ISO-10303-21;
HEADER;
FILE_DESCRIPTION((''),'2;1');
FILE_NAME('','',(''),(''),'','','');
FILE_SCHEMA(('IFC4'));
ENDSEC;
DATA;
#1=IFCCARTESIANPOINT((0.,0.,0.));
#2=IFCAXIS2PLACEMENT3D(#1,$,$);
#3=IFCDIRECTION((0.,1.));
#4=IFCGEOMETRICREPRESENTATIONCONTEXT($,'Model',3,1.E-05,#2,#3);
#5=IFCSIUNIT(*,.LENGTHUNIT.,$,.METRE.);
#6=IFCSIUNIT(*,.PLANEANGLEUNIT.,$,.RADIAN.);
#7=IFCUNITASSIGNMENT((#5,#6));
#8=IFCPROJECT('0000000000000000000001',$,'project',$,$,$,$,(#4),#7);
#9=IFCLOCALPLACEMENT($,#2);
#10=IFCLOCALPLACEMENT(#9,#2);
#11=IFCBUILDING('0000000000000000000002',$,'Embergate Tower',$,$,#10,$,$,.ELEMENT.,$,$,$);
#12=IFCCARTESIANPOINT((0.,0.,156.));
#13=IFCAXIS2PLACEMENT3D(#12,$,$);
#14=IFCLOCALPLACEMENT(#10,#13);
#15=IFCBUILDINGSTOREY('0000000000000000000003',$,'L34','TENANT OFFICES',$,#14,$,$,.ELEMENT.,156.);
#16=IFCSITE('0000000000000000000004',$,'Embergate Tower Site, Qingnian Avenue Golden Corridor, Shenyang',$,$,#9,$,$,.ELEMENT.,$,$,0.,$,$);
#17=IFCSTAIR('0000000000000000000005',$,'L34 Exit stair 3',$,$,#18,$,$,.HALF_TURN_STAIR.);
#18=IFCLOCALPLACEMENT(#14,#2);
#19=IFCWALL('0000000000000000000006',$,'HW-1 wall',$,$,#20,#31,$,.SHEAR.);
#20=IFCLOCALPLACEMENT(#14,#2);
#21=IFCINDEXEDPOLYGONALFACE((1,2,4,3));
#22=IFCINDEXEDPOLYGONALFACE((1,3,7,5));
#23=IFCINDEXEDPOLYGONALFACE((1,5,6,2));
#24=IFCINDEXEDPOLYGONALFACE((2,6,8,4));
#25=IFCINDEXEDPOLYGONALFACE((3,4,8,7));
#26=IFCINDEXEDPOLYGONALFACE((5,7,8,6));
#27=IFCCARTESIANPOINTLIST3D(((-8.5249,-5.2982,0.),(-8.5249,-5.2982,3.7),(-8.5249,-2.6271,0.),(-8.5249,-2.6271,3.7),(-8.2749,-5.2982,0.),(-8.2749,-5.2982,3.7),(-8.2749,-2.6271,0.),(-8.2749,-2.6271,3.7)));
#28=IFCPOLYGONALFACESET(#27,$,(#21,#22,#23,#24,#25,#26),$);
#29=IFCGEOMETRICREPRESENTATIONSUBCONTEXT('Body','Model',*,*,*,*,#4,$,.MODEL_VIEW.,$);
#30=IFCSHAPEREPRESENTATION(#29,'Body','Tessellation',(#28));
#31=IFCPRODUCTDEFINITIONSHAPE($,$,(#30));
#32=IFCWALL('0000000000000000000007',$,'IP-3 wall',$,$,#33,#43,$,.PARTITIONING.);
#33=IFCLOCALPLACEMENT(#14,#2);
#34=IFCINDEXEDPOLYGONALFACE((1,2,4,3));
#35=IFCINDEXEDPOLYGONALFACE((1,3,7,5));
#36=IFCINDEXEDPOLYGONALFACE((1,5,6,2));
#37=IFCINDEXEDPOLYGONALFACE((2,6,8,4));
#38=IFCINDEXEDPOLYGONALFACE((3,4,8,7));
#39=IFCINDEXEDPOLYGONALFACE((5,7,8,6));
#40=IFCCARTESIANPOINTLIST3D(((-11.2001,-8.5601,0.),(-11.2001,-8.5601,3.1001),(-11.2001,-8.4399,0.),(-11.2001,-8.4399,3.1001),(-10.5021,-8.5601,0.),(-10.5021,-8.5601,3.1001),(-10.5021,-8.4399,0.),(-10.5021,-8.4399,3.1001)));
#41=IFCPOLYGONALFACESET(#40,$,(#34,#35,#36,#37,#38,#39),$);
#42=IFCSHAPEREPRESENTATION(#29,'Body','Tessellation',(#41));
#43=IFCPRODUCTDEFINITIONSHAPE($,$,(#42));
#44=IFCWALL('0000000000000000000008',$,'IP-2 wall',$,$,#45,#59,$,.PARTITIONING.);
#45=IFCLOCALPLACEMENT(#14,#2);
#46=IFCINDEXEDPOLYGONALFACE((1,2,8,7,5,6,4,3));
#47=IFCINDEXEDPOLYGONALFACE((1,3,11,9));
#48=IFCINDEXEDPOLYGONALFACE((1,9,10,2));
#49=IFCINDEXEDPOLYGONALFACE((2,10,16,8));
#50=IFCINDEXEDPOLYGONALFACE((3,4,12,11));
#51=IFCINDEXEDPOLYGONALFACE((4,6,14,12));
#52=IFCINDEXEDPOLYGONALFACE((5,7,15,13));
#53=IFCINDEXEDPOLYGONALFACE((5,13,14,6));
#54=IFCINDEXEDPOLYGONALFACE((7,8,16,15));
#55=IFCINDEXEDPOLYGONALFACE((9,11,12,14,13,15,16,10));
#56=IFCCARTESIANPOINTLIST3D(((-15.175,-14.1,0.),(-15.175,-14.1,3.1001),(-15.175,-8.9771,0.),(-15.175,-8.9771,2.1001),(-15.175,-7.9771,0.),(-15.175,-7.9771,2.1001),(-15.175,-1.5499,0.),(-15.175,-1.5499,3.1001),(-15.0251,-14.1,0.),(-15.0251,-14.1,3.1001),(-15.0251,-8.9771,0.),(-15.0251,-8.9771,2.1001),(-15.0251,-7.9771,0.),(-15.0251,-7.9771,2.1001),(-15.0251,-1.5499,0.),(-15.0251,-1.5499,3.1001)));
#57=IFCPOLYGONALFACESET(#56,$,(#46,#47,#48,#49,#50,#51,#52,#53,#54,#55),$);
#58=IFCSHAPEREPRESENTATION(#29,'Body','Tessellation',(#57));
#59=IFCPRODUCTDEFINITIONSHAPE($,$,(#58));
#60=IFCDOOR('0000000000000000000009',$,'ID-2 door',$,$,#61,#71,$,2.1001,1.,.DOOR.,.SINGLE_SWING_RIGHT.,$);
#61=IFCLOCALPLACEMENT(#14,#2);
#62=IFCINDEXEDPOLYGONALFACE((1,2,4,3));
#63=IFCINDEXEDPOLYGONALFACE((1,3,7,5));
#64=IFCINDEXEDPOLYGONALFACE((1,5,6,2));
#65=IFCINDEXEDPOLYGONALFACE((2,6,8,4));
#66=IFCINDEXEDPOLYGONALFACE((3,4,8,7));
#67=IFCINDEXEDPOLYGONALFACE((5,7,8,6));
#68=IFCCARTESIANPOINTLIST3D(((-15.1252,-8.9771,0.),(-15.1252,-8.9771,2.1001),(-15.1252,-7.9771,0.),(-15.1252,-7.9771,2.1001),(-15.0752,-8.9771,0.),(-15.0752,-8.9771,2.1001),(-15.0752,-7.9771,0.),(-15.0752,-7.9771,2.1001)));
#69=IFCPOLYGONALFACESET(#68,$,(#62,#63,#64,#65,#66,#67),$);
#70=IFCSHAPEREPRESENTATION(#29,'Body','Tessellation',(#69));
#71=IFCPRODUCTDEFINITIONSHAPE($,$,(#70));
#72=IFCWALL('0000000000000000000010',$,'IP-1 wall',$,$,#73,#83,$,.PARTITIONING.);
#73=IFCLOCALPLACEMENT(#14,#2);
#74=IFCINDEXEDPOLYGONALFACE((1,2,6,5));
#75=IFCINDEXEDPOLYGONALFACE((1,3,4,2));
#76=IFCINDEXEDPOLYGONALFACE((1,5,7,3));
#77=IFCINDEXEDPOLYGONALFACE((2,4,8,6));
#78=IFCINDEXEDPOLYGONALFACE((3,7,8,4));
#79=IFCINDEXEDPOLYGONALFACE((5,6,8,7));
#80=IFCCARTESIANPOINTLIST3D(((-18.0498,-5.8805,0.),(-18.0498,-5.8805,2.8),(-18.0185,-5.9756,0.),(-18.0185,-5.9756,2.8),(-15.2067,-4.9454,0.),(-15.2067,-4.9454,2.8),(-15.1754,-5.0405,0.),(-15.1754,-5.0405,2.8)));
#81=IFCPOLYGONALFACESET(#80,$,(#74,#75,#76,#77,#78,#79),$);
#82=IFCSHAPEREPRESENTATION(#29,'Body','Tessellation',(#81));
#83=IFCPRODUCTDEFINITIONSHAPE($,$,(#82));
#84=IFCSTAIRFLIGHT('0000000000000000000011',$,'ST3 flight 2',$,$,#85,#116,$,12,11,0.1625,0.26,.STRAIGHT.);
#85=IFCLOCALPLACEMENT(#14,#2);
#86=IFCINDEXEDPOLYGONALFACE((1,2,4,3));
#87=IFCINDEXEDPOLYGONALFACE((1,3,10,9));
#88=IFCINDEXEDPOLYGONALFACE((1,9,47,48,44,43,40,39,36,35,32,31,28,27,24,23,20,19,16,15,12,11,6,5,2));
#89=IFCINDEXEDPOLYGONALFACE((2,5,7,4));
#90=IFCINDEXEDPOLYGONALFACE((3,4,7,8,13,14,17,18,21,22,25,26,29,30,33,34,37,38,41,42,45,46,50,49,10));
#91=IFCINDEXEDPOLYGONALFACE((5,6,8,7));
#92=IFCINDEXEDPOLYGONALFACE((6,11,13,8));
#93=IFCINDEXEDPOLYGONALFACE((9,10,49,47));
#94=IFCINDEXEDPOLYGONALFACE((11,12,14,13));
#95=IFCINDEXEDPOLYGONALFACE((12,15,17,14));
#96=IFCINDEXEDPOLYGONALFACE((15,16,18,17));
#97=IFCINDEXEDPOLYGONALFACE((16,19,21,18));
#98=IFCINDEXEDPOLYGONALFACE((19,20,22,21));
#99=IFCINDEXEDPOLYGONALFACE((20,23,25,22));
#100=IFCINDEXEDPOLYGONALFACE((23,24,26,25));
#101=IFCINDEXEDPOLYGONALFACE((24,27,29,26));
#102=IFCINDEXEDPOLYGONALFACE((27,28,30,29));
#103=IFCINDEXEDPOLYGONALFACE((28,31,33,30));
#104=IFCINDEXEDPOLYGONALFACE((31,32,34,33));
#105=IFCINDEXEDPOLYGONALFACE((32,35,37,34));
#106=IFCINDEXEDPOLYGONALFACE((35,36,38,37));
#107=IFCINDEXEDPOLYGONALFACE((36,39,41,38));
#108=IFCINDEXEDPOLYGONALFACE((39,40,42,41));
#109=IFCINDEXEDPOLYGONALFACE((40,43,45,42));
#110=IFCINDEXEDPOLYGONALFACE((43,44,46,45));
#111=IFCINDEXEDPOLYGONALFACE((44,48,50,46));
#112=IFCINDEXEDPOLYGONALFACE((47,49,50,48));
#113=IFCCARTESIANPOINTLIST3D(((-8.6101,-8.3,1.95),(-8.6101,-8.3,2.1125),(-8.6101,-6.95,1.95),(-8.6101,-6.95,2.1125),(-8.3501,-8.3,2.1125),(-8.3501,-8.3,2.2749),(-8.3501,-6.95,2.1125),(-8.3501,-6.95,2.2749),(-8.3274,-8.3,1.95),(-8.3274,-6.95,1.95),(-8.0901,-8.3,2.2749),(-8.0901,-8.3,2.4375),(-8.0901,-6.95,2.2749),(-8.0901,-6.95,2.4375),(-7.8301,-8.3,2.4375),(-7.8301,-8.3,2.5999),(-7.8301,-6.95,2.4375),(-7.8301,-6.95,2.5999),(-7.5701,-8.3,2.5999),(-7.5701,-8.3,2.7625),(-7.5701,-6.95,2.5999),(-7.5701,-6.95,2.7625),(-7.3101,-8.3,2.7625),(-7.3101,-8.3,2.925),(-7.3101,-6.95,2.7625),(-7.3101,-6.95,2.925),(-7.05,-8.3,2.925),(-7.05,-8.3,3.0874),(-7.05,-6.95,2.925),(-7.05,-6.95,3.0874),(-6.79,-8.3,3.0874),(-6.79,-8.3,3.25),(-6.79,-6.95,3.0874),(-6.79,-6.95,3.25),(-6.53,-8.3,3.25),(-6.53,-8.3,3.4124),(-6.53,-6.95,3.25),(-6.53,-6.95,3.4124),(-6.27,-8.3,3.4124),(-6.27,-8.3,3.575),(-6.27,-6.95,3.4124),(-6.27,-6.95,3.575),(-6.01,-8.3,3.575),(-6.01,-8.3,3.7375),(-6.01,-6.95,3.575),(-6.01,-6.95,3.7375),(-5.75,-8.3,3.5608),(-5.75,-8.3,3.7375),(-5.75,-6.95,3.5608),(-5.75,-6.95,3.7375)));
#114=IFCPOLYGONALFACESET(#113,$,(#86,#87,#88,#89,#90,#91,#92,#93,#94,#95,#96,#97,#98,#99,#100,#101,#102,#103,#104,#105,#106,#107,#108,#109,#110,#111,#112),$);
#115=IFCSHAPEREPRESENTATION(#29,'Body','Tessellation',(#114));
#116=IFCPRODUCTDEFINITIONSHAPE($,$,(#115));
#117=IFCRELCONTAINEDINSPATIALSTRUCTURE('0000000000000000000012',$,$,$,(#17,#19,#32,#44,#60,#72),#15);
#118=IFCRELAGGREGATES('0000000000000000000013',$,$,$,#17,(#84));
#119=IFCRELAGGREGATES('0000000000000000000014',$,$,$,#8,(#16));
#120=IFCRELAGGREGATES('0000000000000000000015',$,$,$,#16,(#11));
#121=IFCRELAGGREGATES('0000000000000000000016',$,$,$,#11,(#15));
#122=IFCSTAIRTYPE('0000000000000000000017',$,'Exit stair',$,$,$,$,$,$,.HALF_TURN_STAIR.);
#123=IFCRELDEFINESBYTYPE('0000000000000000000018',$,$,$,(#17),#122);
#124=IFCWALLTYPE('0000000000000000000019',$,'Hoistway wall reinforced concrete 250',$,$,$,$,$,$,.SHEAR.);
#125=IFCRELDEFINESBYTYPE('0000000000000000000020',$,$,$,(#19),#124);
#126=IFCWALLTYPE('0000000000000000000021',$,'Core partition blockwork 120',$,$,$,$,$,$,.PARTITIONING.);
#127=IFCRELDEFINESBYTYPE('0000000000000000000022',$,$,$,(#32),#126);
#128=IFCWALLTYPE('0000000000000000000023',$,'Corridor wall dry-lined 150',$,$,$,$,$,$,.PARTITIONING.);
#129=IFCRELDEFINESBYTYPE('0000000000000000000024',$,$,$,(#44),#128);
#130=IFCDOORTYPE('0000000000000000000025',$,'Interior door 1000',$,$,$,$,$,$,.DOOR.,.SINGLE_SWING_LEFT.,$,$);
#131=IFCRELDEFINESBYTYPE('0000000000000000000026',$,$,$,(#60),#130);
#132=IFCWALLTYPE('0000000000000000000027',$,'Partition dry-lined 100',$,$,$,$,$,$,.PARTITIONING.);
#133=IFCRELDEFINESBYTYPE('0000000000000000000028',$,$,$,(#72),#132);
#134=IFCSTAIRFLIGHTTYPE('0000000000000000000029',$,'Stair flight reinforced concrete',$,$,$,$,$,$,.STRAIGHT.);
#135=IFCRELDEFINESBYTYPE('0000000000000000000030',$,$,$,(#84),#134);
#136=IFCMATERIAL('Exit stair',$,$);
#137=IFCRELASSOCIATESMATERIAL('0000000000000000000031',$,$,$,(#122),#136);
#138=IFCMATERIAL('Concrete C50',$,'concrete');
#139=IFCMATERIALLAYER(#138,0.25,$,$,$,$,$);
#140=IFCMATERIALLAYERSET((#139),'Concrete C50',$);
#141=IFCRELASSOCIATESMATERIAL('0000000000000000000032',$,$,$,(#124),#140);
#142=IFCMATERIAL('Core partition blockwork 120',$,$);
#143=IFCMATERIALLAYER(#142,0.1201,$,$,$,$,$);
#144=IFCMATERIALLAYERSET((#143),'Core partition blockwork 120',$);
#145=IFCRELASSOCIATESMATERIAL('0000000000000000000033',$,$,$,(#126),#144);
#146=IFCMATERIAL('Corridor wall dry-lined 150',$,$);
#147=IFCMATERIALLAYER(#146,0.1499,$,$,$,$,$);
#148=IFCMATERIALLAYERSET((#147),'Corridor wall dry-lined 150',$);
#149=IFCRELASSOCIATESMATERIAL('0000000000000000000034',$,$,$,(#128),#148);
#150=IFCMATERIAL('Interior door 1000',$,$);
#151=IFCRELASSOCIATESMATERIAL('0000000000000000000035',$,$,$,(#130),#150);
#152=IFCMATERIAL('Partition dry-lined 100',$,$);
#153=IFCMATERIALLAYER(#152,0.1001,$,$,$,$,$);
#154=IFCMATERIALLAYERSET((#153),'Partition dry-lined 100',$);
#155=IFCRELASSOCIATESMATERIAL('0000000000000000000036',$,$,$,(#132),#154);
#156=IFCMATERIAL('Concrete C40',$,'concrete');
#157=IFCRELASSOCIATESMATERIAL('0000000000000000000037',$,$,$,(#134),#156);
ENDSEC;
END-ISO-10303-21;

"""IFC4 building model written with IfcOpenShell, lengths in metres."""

from ifc_helpers import new_model, si_unit, direction, frame, frame_2d, origin, place, context, subcontext, project, spatial, polyline, rectangle, outline, extrude, source, transform, mapped, material, layer, layer_set, type_object, element, fill, aggregate, save


model = new_model("IFC4")

# Units and contexts
model_context = context("Model", 3, precision=1e-05, world=origin(), true_north=direction((0.0, 1.0)))
body_context = subcontext(model_context, "Body", "Model", "MODEL_VIEW")
ifc_project = project(units=[si_unit("LENGTHUNIT", "METRE"), si_unit("PLANEANGLEUNIT", "RADIAN")], contexts=[model_context])

# Site, building, storey
site_placement = place(None, origin())
site = spatial("IfcSite", under=ifc_project, at=site_placement, Name="Embergate Tower Site, Qingnian Avenue Golden Corridor, Shenyang", CompositionType="ELEMENT", RefElevation=0.0)
building_placement = place(site_placement, origin())
building = spatial("IfcBuilding", under=site, at=building_placement, Name="Embergate Tower", CompositionType="ELEMENT")
storey_placement = place(building_placement, frame((0.0, 0.0, 156.0)))
storey = spatial("IfcBuildingStorey", under=building, at=storey_placement, Name="L34", Description="TENANT OFFICES", CompositionType="ELEMENT", Elevation=156.0)

# Stair
ifc_material_1 = material(Name="Exit stair")
stair_type = type_object("IfcStairType", Name="Exit stair", PredefinedType="HALF_TURN_STAIR", material=ifc_material_1)
stair_placement = place(storey_placement, origin())
stair = element("IfcStair", 1, at=stair_placement, inside=storey, type_object=stair_type, Name="L34 Exit stair 3", PredefinedType="HALF_TURN_STAIR")
ifc_material_2 = material(Name="Concrete C40", Category="concrete")

# Shared definitions
shared_shape_1 = source(origin(), body_context, "Body", "SweptSolid", [
    extrude(rectangle(XDim=1.0, YDim=2.1001, at=frame_2d((0.5, 1.05))), frame((0.0, 0.0249, 0.0), z_axis=(0.0, -1.0, 0.0), x_axis=(1.0, 0.0, 0.0)), (0.0, 0.0, 1.0), 0.05),
])

# Shared definitions
ifc_material_3 = material(Name="Concrete C50", Category="concrete")

# Shared definitions
ifc_layer_1 = layer(ifc_material_3, 0.25)
ifc_layer_set_1 = layer_set([ifc_layer_1], Name="Concrete C50")
wall_type_1 = type_object("IfcWallType", Name="Hoistway wall reinforced concrete 250", PredefinedType="SHEAR", material=ifc_layer_set_1)

# Walls
shared_shape_2 = source(origin(), body_context, "Body", "SweptSolid", [
    extrude(rectangle(XDim=2.6711, YDim=0.25, at=frame_2d((1.3354, 0.0))), origin(), (0.0, 0.0, 1.0), 3.7),
])
wall_1_placement = place(storey_placement, frame((-8.3999, -5.2981, 0.0), z_axis=(0.0, 0.0, 1.0), x_axis=(0.0, 1.0, 0.0)))
element("IfcWall", 2, at=wall_1_placement, inside=storey, type_object=wall_type_1, Name="HW-1 wall", PredefinedType="SHEAR", context=body_context, shape_type="MappedRepresentation", body=[
    mapped(shared_shape_2, transform((0.0, 0.0, 0.0))),
])
ifc_material_4 = material(Name="Core partition blockwork 120")
ifc_layer_2 = layer(ifc_material_4, 0.1201)
ifc_layer_set_2 = layer_set([ifc_layer_2], Name="Core partition blockwork 120")
wall_type_2 = type_object("IfcWallType", Name="Core partition blockwork 120", PredefinedType="PARTITIONING", material=ifc_layer_set_2)
shared_shape_3 = source(origin(), body_context, "Body", "SweptSolid", [
    extrude(rectangle(XDim=0.698, YDim=0.1201, at=frame_2d((0.3491, 0.0))), origin(), (0.0, 0.0, 1.0), 3.1001),
])
wall_2_placement = place(storey_placement, frame((-10.502, -8.5, 0.0), z_axis=(0.0, 0.0, 1.0), x_axis=(-1.0, 0.0, 0.0)))
element("IfcWall", 3, at=wall_2_placement, inside=storey, type_object=wall_type_2, Name="IP-3 wall", PredefinedType="PARTITIONING", context=body_context, shape_type="MappedRepresentation", body=[
    mapped(shared_shape_3, transform((0.0, 0.0, 0.0))),
])

# Wall, opening, door
ifc_material_5 = material(Name="Corridor wall dry-lined 150")
ifc_layer_3 = layer(ifc_material_5, 0.1499)
ifc_layer_set_3 = layer_set([ifc_layer_3], Name="Corridor wall dry-lined 150")
wall_type_3 = type_object("IfcWallType", Name="Corridor wall dry-lined 150", PredefinedType="PARTITIONING", material=ifc_layer_set_3)
shared_shape_4 = source(origin(), body_context, "Body", "SweptSolid", [
    extrude(rectangle(XDim=12.55, YDim=0.1499, at=frame_2d((6.2749, 0.0))), origin(), (0.0, 0.0, 1.0), 3.1001),
])
wall_3_placement = place(storey_placement, frame((-15.1001, -1.55, 0.0), z_axis=(0.0, 0.0, 1.0), x_axis=(0.0, -1.0, 0.0)))
wall_3 = element("IfcWall", 4, at=wall_3_placement, inside=storey, type_object=wall_type_3, Name="IP-2 wall", PredefinedType="PARTITIONING", context=body_context, shape_type="MappedRepresentation", body=[
    mapped(shared_shape_4, transform((0.0, 0.0, 0.0))),
])
shared_shape_5 = source(origin(), body_context, "Body", "SweptSolid", [
    extrude(rectangle(XDim=1.0, YDim=2.1001, at=frame_2d((0.5, 1.05))), frame((0.0, 0.085, 0.0), z_axis=(0.0, -1.0, 0.0), x_axis=(1.0, 0.0, 0.0)), (0.0, 0.0, 1.0), 0.1699),
])
opening_1_placement = place(wall_3_placement, frame((6.427, 0.0, 0.0)))
opening_1 = element("IfcOpeningElement", 5, at=opening_1_placement, cuts=wall_3, PredefinedType="OPENING", context=body_context, shape_type="MappedRepresentation", body=[
    mapped(shared_shape_5, transform((0.0, 0.0, 0.0))),
])
ifc_material_6 = material(Name="Interior door 1000")
door_type_1 = type_object("IfcDoorType", Name="Interior door 1000", OperationType="SINGLE_SWING_LEFT", PredefinedType="DOOR", material=ifc_material_6)
door_1_placement = place(opening_1_placement, origin())
door_1 = element("IfcDoor", 6, at=door_1_placement, inside=storey, type_object=door_type_1, Name="ID-2 door", OperationType="SINGLE_SWING_RIGHT", OverallHeight=2.1001, OverallWidth=1.0, PredefinedType="DOOR", context=body_context, shape_type="MappedRepresentation", body=[
    mapped(shared_shape_1, transform((0.0, 0.0, 0.0))),
])
fill(opening_1, door_1)

# Wall
ifc_material_7 = material(Name="Partition dry-lined 100")
ifc_layer_4 = layer(ifc_material_7, 0.1001)
ifc_layer_set_4 = layer_set([ifc_layer_4], Name="Partition dry-lined 100")
wall_type_4 = type_object("IfcWallType", Name="Partition dry-lined 100", PredefinedType="PARTITIONING", material=ifc_layer_set_4)
shared_shape_6 = source(origin(), body_context, "Body", "SweptSolid", [
    extrude(rectangle(XDim=2.9929, YDim=0.1001, at=frame_2d((1.4966, 0.0))), origin(), (0.0, 0.0, 1.0), 2.8),
])
wall_4_placement = place(storey_placement, frame((-15.1909, -4.9929, 0.0), z_axis=(0.0, 0.0, 1.0), x_axis=(-0.94994, -0.312432, 0.0)))
element("IfcWall", 7, at=wall_4_placement, inside=storey, type_object=wall_type_4, Name="IP-1 wall", PredefinedType="PARTITIONING", context=body_context, shape_type="MappedRepresentation", body=[
    mapped(shared_shape_6, transform((0.0, 0.0, 0.0))),
])

# Stair flight
stair_flight_type = type_object("IfcStairFlightType", Name="Stair flight reinforced concrete", PredefinedType="STRAIGHT", material=ifc_material_2)
shared_shape_7 = source(origin(), body_context, "Body", "SweptSolid", [
    extrude(outline(polyline([(0.0, 0.0), (0.0, 0.1626), (0.26, 0.1626), (0.26, 0.325), (0.52, 0.325), (0.52, 0.4875), (0.78, 0.4875), (0.78, 0.6499), (1.04, 0.6499), (1.04, 0.8125), (1.3, 0.8125), (1.3, 0.9751), (1.5601, 0.9751), (1.5601, 1.1375), (1.8201, 1.1375), (1.8201, 1.3), (2.0801, 1.3), (2.0801, 1.4624), (2.3401, 1.4624), (2.3401, 1.625), (2.6001, 1.625), (2.6001, 1.7876), (2.8601, 1.7876), (2.8601, 1.95), (2.8601, 1.6108), (0.2827, 0.0), (0.0, 0.0)])), frame((0.0, 0.675, 0.0), z_axis=(0.0, -1.0, 0.0), x_axis=(1.0, 0.0, 0.0)), (0.0, 0.0, 1.0), 1.3501),
])
stair_flight_placement = place(storey_placement, frame((-8.6101, -7.625, 1.95), z_axis=(0.0, 0.0, 1.0), x_axis=(1.0, 0.0, 0.0)))
stair_flight = element("IfcStairFlight", 8, at=stair_flight_placement, type_object=stair_flight_type, Name="ST3 flight 2", NumberOfRisers=12, NumberOfTreads=11, PredefinedType="STRAIGHT", RiserHeight=0.1625, TreadLength=0.26, context=body_context, shape_type="MappedRepresentation", body=[
    mapped(shared_shape_7, transform((0.0, 0.0, 0.0))),
])
aggregate(stair, [stair_flight])

save(model, "model.ifc")
